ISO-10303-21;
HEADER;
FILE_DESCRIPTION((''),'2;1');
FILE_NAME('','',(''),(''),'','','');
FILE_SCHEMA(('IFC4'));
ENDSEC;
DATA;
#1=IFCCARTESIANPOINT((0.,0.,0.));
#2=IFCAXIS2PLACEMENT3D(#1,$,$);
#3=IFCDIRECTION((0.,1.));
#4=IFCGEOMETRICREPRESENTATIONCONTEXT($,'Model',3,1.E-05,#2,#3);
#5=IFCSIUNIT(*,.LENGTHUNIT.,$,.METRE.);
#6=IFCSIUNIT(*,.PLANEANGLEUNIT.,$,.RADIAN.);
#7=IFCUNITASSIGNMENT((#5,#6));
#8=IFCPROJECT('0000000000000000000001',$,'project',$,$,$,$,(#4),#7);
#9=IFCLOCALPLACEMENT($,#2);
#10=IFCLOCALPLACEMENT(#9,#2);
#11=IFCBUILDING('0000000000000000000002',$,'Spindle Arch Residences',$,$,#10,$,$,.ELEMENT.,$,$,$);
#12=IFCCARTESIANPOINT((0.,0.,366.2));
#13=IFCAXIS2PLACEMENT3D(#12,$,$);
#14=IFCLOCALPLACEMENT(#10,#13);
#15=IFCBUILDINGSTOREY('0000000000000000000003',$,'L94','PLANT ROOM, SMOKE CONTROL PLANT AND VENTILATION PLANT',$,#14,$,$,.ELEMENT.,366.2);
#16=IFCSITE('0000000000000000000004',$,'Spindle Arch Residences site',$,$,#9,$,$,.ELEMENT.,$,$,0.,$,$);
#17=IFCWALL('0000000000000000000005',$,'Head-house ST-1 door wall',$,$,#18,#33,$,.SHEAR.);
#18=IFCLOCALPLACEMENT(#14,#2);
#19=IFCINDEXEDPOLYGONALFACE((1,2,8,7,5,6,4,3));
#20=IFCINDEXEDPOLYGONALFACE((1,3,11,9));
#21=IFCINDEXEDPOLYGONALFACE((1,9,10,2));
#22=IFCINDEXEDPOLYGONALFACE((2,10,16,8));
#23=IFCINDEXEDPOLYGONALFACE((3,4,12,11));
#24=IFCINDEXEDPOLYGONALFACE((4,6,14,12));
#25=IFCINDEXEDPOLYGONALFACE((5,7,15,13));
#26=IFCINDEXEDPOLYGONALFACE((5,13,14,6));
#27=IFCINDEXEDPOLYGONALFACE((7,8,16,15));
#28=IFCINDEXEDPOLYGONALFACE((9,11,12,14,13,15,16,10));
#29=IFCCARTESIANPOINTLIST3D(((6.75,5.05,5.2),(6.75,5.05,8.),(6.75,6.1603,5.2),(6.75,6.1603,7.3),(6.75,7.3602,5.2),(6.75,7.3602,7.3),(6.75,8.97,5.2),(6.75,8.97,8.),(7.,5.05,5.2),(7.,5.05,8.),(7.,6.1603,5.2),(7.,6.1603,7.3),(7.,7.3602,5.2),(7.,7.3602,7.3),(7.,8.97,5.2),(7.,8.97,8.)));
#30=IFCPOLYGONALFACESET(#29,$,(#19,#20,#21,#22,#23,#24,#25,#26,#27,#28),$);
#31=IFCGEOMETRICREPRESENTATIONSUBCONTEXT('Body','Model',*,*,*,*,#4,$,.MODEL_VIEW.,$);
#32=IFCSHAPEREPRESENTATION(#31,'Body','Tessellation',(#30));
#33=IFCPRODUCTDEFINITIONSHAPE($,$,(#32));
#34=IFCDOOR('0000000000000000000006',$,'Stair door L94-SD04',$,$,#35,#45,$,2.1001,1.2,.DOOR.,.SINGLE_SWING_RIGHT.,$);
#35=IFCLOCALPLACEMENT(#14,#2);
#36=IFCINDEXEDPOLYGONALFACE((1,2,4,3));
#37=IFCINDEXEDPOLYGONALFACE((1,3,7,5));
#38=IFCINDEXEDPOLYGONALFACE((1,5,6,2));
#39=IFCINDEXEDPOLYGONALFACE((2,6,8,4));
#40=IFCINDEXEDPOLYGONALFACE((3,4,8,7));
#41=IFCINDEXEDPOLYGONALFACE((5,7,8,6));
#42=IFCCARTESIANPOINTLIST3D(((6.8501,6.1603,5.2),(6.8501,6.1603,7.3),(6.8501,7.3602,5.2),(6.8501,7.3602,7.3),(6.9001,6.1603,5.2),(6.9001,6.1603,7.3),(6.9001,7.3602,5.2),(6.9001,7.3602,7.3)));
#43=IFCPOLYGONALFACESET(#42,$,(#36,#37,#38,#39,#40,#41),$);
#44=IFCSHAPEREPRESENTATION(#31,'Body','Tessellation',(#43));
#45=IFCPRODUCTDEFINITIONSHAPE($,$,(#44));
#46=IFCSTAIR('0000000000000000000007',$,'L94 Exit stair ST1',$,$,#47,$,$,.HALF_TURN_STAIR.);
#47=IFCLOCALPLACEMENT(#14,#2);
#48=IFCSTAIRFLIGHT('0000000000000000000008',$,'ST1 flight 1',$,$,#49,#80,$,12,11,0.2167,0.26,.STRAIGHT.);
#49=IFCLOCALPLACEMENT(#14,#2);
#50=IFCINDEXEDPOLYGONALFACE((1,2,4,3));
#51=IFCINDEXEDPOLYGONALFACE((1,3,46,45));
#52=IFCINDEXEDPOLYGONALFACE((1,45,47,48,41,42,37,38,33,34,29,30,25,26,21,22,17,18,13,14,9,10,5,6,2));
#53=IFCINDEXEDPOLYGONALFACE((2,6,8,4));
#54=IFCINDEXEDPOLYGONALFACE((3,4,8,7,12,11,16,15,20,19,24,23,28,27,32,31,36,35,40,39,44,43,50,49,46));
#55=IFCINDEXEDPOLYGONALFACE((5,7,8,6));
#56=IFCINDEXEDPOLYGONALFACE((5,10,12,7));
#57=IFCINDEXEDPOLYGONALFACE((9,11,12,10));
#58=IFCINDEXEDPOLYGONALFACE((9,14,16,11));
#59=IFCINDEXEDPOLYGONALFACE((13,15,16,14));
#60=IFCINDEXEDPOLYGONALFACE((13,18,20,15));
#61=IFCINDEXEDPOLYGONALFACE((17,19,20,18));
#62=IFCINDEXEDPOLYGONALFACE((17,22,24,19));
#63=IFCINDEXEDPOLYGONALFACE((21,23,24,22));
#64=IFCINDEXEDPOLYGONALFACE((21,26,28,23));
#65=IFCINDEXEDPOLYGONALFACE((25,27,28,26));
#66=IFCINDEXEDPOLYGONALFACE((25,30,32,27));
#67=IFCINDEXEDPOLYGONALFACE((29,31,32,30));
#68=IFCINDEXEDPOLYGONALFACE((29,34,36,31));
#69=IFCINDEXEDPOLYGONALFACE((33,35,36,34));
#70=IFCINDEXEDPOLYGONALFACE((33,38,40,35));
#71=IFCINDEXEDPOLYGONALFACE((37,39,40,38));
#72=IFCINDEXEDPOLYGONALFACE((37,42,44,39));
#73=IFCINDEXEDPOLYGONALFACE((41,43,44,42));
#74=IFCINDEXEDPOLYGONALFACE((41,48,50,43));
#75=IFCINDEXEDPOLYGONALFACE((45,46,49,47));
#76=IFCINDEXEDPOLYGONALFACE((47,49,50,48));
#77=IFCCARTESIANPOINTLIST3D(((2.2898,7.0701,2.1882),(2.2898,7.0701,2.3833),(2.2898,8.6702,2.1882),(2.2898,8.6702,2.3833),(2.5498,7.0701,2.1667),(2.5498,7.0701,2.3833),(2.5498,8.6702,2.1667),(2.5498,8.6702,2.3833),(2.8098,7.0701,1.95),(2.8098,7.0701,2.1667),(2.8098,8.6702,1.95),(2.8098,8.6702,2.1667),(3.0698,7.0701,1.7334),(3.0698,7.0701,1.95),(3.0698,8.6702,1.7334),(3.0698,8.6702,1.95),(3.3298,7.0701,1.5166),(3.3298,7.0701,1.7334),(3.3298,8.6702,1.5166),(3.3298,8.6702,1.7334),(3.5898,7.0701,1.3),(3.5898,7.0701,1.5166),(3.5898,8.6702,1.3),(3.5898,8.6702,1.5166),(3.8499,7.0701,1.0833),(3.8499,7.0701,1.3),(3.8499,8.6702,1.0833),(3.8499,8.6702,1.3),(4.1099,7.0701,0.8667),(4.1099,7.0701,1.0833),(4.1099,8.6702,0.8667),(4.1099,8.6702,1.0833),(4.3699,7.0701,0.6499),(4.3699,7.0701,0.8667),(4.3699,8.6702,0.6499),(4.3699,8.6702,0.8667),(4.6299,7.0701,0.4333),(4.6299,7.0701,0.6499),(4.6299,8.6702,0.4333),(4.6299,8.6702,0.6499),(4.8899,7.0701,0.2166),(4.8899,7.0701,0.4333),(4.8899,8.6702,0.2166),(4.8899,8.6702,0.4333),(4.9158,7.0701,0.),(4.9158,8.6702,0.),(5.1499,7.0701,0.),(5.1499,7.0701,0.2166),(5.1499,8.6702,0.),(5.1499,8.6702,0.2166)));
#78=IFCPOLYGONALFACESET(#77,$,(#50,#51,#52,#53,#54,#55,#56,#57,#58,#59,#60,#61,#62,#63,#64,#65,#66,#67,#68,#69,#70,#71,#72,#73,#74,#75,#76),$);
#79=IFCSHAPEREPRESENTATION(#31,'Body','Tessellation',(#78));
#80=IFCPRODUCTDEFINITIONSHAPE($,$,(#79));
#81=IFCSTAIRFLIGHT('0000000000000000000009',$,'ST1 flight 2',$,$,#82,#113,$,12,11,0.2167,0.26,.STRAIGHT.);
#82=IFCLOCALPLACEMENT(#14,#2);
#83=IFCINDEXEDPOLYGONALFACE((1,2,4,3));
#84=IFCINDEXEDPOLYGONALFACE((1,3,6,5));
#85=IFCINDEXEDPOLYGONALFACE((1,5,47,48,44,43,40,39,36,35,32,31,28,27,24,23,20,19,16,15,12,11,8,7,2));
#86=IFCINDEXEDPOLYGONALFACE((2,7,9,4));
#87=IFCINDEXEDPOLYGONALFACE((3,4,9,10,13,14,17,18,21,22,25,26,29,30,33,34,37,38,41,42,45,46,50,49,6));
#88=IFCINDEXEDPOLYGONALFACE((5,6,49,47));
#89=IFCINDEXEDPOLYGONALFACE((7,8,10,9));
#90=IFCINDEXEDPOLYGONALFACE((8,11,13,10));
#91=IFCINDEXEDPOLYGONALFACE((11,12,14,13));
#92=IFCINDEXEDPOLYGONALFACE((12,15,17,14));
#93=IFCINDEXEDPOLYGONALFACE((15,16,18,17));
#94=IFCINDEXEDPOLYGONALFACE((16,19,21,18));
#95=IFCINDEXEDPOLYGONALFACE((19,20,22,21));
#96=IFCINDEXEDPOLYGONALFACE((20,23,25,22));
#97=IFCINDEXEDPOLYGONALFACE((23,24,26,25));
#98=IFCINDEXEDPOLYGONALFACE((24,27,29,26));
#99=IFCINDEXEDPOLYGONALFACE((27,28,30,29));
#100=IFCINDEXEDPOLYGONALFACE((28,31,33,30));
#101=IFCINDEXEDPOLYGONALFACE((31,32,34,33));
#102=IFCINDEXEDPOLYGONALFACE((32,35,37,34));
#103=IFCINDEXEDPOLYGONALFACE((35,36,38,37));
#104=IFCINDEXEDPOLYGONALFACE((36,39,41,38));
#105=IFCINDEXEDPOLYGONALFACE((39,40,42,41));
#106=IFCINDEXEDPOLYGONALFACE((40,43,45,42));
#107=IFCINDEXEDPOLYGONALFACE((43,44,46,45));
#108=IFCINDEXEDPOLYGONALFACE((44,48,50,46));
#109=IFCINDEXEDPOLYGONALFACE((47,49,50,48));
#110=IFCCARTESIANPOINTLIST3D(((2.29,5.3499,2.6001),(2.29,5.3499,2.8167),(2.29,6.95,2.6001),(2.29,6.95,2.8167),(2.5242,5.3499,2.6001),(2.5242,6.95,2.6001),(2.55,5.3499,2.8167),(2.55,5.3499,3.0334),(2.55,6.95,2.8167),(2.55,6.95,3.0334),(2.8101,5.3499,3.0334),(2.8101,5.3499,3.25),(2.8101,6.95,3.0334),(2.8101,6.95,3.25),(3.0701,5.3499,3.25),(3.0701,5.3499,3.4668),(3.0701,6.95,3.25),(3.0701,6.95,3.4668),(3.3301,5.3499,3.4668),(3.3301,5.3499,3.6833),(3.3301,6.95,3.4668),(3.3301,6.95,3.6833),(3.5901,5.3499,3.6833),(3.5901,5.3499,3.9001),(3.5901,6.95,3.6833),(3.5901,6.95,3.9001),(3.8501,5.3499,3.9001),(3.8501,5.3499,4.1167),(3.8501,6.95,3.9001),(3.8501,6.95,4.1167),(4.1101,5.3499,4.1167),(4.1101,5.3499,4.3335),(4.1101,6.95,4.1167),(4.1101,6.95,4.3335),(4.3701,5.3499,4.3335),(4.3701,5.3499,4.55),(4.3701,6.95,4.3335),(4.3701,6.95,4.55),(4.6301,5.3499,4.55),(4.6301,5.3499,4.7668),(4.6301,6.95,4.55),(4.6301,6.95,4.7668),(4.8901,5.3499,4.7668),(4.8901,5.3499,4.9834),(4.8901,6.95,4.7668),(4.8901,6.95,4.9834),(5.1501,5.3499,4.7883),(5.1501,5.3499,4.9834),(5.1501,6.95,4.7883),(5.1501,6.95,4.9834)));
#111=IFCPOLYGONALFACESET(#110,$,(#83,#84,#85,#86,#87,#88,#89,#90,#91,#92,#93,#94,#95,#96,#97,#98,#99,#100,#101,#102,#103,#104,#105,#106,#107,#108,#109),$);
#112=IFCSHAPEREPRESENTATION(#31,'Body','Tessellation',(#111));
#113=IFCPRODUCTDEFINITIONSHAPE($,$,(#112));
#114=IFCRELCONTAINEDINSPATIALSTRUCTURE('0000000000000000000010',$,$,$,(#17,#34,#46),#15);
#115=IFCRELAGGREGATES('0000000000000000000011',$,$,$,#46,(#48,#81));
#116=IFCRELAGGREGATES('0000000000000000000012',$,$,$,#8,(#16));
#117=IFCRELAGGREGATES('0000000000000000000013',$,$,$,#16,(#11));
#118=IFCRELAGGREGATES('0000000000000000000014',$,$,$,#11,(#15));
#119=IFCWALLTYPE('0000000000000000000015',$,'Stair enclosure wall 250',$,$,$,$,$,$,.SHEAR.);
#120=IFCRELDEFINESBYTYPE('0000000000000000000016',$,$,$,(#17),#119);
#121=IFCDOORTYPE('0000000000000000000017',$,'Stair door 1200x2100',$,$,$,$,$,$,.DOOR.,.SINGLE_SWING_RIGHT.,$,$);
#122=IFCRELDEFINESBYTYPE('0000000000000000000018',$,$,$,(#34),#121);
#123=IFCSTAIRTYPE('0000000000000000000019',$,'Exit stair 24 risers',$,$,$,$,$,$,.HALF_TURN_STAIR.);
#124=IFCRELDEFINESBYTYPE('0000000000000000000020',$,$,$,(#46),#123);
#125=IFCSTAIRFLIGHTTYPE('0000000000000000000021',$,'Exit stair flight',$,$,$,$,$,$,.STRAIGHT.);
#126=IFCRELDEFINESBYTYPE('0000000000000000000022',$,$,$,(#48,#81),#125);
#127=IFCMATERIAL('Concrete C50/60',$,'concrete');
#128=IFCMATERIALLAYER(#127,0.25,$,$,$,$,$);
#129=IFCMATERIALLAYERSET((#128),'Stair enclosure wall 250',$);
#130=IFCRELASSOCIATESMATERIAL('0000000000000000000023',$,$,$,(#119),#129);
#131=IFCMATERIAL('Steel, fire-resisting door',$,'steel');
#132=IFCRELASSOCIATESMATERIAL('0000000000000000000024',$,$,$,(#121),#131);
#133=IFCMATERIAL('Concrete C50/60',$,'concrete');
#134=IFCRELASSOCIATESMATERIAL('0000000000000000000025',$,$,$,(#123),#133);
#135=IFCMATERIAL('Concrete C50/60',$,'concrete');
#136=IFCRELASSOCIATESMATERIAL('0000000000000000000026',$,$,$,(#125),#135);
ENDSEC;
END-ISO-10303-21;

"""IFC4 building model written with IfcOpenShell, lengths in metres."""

from ifc_helpers import new_model, si_unit, direction, frame, frame_2d, origin, place, context, subcontext, project, spatial, polyline, rectangle, outline, extrude, material, layer, layer_set, type_object, element, fill, aggregate, save


model = new_model("IFC4")

# Units and contexts
model_context = context("Model", 3, precision=1e-05, world=origin(), true_north=direction((0.0, 1.0)))
body_context = subcontext(model_context, "Body", "Model", "MODEL_VIEW")
ifc_project = project(units=[si_unit("LENGTHUNIT", "METRE"), si_unit("PLANEANGLEUNIT", "RADIAN")], contexts=[model_context])

# Site, building, storey
site_placement = place(None, origin())
site = spatial("IfcSite", under=ifc_project, at=site_placement, Name="Spindle Arch Residences site", CompositionType="ELEMENT", RefElevation=0.0)
building_placement = place(site_placement, origin())
building = spatial("IfcBuilding", under=site, at=building_placement, Name="Spindle Arch Residences", CompositionType="ELEMENT")
storey_placement = place(building_placement, frame((0.0, 0.0, 366.2)))
storey = spatial("IfcBuildingStorey", under=building, at=storey_placement, Name="L94", Description="PLANT ROOM, SMOKE CONTROL PLANT AND VENTILATION PLANT", CompositionType="ELEMENT", Elevation=366.2)

# Wall, opening, door
ifc_material_1 = material(Name="Concrete C50/60", Category="concrete")
ifc_layer_1 = layer(ifc_material_1, 0.25)
ifc_layer_set_1 = layer_set([ifc_layer_1], Name="Stair enclosure wall 250")
wall_type_1 = type_object("IfcWallType", Name="Stair enclosure wall 250", PredefinedType="SHEAR", material=ifc_layer_set_1)
ifc_material_2 = material(Name="Steel, fire-resisting door", Category="steel")
door_type_1 = type_object("IfcDoorType", Name="Stair door 1200x2100", OperationType="SINGLE_SWING_RIGHT", PredefinedType="DOOR", material=ifc_material_2)
wall_1_placement = place(storey_placement, frame((6.875, 5.05, 5.2), z_axis=(0.0, 0.0, 1.0), x_axis=(0.0, 1.0, 0.0)))
wall_1 = element("IfcWall", 1, at=wall_1_placement, inside=storey, type_object=wall_type_1, Name="Head-house ST-1 door wall", PredefinedType="SHEAR", context=body_context, shape_type="SweptSolid", body=[
    extrude(rectangle(XDim=3.9199, YDim=0.25, at=frame_2d((1.96, 0.0))), origin(), (0.0, 0.0, 1.0), 2.8),
])
opening_1_placement = place(wall_1_placement, frame((1.1101, 0.0, 0.0)))
opening_1 = element("IfcOpeningElement", 2, at=opening_1_placement, cuts=wall_1, PredefinedType="OPENING", context=body_context, shape_type="SweptSolid", body=[
    extrude(rectangle(XDim=1.2, YDim=2.1001, at=frame_2d((0.6001, 1.05))), frame((0.0, 0.135, 0.0), z_axis=(0.0, -1.0, 0.0), x_axis=(1.0, 0.0, 0.0)), (0.0, 0.0, 1.0), 0.27),
])
door_1_placement = place(opening_1_placement, origin())
door_1 = element("IfcDoor", 3, at=door_1_placement, inside=storey, type_object=door_type_1, Name="Stair door L94-SD04", OperationType="SINGLE_SWING_RIGHT", OverallHeight=2.1001, OverallWidth=1.2, PredefinedType="DOOR", context=body_context, shape_type="SweptSolid", body=[
    extrude(rectangle(XDim=1.2, YDim=2.1001, at=frame_2d((0.6001, 1.05))), frame((0.0, 0.0249, 0.0), z_axis=(0.0, -1.0, 0.0), x_axis=(1.0, 0.0, 0.0)), (0.0, 0.0, 1.0), 0.05),
])
fill(opening_1, door_1)

# Stair, stair flights
ifc_material_3 = material(Name="Concrete C50/60", Category="concrete")
stair_type = type_object("IfcStairType", Name="Exit stair 24 risers", PredefinedType="HALF_TURN_STAIR", material=ifc_material_3)
stair_placement = place(storey_placement, origin())
stair = element("IfcStair", 4, at=stair_placement, inside=storey, type_object=stair_type, Name="L94 Exit stair ST1", PredefinedType="HALF_TURN_STAIR")
ifc_material_4 = material(Name="Concrete C50/60", Category="concrete")
stair_flight_type = type_object("IfcStairFlightType", Name="Exit stair flight", PredefinedType="STRAIGHT", material=ifc_material_4)
stair_flight_1_placement = place(storey_placement, frame((5.1499, 7.8701, 0.0), z_axis=(0.0, 0.0, 1.0), x_axis=(-1.0, 0.0, 0.0)))
stair_flight_1 = element("IfcStairFlight", 5, at=stair_flight_1_placement, type_object=stair_flight_type, Name="ST1 flight 1", NumberOfRisers=12, NumberOfTreads=11, PredefinedType="STRAIGHT", RiserHeight=0.2167, TreadLength=0.26, context=body_context, shape_type="SweptSolid", body=[
    extrude(outline(polyline([(0.0, 0.0), (0.0, 0.2166), (0.26, 0.2166), (0.26, 0.4333), (0.52, 0.4333), (0.52, 0.6499), (0.78, 0.6499), (0.78, 0.8667), (1.04, 0.8667), (1.04, 1.0833), (1.3, 1.0833), (1.3, 1.3), (1.5601, 1.3), (1.5601, 1.5166), (1.8201, 1.5166), (1.8201, 1.7334), (2.0801, 1.7334), (2.0801, 1.95), (2.3401, 1.95), (2.3401, 2.1667), (2.6001, 2.1667), (2.6001, 2.3833), (2.8601, 2.3833), (2.8601, 2.6001), (2.8601, 2.1882), (0.2341, 0.0), (0.0, 0.0)])), frame((0.0, 0.8, 0.0), z_axis=(0.0, -1.0, 0.0), x_axis=(1.0, 0.0, 0.0)), (0.0, 0.0, 1.0), 1.6001),
])
stair_flight_2_placement = place(storey_placement, frame((2.29, 6.1499, 2.6001), z_axis=(0.0, 0.0, 1.0), x_axis=(1.0, 0.0, 0.0)))
stair_flight_2 = element("IfcStairFlight", 6, at=stair_flight_2_placement, type_object=stair_flight_type, Name="ST1 flight 2", NumberOfRisers=12, NumberOfTreads=11, PredefinedType="STRAIGHT", RiserHeight=0.2167, TreadLength=0.26, context=body_context, shape_type="SweptSolid", body=[
    extrude(outline(polyline([(0.0, 0.0), (0.0, 0.2166), (0.26, 0.2166), (0.26, 0.4333), (0.52, 0.4333), (0.52, 0.6499), (0.78, 0.6499), (0.78, 0.8667), (1.04, 0.8667), (1.04, 1.0833), (1.3, 1.0833), (1.3, 1.3), (1.5601, 1.3), (1.5601, 1.5166), (1.8201, 1.5166), (1.8201, 1.7334), (2.0801, 1.7334), (2.0801, 1.95), (2.3401, 1.95), (2.3401, 2.1667), (2.6001, 2.1667), (2.6001, 2.3833), (2.8601, 2.3833), (2.8601, 2.6001), (2.8601, 2.1882), (0.2341, 0.0), (0.0, 0.0)])), frame((0.0, 0.8, 0.0), z_axis=(0.0, -1.0, 0.0), x_axis=(1.0, 0.0, 0.0)), (0.0, 0.0, 1.0), 1.6001),
])
aggregate(stair, [stair_flight_1, stair_flight_2])

save(model, "model.ifc")
